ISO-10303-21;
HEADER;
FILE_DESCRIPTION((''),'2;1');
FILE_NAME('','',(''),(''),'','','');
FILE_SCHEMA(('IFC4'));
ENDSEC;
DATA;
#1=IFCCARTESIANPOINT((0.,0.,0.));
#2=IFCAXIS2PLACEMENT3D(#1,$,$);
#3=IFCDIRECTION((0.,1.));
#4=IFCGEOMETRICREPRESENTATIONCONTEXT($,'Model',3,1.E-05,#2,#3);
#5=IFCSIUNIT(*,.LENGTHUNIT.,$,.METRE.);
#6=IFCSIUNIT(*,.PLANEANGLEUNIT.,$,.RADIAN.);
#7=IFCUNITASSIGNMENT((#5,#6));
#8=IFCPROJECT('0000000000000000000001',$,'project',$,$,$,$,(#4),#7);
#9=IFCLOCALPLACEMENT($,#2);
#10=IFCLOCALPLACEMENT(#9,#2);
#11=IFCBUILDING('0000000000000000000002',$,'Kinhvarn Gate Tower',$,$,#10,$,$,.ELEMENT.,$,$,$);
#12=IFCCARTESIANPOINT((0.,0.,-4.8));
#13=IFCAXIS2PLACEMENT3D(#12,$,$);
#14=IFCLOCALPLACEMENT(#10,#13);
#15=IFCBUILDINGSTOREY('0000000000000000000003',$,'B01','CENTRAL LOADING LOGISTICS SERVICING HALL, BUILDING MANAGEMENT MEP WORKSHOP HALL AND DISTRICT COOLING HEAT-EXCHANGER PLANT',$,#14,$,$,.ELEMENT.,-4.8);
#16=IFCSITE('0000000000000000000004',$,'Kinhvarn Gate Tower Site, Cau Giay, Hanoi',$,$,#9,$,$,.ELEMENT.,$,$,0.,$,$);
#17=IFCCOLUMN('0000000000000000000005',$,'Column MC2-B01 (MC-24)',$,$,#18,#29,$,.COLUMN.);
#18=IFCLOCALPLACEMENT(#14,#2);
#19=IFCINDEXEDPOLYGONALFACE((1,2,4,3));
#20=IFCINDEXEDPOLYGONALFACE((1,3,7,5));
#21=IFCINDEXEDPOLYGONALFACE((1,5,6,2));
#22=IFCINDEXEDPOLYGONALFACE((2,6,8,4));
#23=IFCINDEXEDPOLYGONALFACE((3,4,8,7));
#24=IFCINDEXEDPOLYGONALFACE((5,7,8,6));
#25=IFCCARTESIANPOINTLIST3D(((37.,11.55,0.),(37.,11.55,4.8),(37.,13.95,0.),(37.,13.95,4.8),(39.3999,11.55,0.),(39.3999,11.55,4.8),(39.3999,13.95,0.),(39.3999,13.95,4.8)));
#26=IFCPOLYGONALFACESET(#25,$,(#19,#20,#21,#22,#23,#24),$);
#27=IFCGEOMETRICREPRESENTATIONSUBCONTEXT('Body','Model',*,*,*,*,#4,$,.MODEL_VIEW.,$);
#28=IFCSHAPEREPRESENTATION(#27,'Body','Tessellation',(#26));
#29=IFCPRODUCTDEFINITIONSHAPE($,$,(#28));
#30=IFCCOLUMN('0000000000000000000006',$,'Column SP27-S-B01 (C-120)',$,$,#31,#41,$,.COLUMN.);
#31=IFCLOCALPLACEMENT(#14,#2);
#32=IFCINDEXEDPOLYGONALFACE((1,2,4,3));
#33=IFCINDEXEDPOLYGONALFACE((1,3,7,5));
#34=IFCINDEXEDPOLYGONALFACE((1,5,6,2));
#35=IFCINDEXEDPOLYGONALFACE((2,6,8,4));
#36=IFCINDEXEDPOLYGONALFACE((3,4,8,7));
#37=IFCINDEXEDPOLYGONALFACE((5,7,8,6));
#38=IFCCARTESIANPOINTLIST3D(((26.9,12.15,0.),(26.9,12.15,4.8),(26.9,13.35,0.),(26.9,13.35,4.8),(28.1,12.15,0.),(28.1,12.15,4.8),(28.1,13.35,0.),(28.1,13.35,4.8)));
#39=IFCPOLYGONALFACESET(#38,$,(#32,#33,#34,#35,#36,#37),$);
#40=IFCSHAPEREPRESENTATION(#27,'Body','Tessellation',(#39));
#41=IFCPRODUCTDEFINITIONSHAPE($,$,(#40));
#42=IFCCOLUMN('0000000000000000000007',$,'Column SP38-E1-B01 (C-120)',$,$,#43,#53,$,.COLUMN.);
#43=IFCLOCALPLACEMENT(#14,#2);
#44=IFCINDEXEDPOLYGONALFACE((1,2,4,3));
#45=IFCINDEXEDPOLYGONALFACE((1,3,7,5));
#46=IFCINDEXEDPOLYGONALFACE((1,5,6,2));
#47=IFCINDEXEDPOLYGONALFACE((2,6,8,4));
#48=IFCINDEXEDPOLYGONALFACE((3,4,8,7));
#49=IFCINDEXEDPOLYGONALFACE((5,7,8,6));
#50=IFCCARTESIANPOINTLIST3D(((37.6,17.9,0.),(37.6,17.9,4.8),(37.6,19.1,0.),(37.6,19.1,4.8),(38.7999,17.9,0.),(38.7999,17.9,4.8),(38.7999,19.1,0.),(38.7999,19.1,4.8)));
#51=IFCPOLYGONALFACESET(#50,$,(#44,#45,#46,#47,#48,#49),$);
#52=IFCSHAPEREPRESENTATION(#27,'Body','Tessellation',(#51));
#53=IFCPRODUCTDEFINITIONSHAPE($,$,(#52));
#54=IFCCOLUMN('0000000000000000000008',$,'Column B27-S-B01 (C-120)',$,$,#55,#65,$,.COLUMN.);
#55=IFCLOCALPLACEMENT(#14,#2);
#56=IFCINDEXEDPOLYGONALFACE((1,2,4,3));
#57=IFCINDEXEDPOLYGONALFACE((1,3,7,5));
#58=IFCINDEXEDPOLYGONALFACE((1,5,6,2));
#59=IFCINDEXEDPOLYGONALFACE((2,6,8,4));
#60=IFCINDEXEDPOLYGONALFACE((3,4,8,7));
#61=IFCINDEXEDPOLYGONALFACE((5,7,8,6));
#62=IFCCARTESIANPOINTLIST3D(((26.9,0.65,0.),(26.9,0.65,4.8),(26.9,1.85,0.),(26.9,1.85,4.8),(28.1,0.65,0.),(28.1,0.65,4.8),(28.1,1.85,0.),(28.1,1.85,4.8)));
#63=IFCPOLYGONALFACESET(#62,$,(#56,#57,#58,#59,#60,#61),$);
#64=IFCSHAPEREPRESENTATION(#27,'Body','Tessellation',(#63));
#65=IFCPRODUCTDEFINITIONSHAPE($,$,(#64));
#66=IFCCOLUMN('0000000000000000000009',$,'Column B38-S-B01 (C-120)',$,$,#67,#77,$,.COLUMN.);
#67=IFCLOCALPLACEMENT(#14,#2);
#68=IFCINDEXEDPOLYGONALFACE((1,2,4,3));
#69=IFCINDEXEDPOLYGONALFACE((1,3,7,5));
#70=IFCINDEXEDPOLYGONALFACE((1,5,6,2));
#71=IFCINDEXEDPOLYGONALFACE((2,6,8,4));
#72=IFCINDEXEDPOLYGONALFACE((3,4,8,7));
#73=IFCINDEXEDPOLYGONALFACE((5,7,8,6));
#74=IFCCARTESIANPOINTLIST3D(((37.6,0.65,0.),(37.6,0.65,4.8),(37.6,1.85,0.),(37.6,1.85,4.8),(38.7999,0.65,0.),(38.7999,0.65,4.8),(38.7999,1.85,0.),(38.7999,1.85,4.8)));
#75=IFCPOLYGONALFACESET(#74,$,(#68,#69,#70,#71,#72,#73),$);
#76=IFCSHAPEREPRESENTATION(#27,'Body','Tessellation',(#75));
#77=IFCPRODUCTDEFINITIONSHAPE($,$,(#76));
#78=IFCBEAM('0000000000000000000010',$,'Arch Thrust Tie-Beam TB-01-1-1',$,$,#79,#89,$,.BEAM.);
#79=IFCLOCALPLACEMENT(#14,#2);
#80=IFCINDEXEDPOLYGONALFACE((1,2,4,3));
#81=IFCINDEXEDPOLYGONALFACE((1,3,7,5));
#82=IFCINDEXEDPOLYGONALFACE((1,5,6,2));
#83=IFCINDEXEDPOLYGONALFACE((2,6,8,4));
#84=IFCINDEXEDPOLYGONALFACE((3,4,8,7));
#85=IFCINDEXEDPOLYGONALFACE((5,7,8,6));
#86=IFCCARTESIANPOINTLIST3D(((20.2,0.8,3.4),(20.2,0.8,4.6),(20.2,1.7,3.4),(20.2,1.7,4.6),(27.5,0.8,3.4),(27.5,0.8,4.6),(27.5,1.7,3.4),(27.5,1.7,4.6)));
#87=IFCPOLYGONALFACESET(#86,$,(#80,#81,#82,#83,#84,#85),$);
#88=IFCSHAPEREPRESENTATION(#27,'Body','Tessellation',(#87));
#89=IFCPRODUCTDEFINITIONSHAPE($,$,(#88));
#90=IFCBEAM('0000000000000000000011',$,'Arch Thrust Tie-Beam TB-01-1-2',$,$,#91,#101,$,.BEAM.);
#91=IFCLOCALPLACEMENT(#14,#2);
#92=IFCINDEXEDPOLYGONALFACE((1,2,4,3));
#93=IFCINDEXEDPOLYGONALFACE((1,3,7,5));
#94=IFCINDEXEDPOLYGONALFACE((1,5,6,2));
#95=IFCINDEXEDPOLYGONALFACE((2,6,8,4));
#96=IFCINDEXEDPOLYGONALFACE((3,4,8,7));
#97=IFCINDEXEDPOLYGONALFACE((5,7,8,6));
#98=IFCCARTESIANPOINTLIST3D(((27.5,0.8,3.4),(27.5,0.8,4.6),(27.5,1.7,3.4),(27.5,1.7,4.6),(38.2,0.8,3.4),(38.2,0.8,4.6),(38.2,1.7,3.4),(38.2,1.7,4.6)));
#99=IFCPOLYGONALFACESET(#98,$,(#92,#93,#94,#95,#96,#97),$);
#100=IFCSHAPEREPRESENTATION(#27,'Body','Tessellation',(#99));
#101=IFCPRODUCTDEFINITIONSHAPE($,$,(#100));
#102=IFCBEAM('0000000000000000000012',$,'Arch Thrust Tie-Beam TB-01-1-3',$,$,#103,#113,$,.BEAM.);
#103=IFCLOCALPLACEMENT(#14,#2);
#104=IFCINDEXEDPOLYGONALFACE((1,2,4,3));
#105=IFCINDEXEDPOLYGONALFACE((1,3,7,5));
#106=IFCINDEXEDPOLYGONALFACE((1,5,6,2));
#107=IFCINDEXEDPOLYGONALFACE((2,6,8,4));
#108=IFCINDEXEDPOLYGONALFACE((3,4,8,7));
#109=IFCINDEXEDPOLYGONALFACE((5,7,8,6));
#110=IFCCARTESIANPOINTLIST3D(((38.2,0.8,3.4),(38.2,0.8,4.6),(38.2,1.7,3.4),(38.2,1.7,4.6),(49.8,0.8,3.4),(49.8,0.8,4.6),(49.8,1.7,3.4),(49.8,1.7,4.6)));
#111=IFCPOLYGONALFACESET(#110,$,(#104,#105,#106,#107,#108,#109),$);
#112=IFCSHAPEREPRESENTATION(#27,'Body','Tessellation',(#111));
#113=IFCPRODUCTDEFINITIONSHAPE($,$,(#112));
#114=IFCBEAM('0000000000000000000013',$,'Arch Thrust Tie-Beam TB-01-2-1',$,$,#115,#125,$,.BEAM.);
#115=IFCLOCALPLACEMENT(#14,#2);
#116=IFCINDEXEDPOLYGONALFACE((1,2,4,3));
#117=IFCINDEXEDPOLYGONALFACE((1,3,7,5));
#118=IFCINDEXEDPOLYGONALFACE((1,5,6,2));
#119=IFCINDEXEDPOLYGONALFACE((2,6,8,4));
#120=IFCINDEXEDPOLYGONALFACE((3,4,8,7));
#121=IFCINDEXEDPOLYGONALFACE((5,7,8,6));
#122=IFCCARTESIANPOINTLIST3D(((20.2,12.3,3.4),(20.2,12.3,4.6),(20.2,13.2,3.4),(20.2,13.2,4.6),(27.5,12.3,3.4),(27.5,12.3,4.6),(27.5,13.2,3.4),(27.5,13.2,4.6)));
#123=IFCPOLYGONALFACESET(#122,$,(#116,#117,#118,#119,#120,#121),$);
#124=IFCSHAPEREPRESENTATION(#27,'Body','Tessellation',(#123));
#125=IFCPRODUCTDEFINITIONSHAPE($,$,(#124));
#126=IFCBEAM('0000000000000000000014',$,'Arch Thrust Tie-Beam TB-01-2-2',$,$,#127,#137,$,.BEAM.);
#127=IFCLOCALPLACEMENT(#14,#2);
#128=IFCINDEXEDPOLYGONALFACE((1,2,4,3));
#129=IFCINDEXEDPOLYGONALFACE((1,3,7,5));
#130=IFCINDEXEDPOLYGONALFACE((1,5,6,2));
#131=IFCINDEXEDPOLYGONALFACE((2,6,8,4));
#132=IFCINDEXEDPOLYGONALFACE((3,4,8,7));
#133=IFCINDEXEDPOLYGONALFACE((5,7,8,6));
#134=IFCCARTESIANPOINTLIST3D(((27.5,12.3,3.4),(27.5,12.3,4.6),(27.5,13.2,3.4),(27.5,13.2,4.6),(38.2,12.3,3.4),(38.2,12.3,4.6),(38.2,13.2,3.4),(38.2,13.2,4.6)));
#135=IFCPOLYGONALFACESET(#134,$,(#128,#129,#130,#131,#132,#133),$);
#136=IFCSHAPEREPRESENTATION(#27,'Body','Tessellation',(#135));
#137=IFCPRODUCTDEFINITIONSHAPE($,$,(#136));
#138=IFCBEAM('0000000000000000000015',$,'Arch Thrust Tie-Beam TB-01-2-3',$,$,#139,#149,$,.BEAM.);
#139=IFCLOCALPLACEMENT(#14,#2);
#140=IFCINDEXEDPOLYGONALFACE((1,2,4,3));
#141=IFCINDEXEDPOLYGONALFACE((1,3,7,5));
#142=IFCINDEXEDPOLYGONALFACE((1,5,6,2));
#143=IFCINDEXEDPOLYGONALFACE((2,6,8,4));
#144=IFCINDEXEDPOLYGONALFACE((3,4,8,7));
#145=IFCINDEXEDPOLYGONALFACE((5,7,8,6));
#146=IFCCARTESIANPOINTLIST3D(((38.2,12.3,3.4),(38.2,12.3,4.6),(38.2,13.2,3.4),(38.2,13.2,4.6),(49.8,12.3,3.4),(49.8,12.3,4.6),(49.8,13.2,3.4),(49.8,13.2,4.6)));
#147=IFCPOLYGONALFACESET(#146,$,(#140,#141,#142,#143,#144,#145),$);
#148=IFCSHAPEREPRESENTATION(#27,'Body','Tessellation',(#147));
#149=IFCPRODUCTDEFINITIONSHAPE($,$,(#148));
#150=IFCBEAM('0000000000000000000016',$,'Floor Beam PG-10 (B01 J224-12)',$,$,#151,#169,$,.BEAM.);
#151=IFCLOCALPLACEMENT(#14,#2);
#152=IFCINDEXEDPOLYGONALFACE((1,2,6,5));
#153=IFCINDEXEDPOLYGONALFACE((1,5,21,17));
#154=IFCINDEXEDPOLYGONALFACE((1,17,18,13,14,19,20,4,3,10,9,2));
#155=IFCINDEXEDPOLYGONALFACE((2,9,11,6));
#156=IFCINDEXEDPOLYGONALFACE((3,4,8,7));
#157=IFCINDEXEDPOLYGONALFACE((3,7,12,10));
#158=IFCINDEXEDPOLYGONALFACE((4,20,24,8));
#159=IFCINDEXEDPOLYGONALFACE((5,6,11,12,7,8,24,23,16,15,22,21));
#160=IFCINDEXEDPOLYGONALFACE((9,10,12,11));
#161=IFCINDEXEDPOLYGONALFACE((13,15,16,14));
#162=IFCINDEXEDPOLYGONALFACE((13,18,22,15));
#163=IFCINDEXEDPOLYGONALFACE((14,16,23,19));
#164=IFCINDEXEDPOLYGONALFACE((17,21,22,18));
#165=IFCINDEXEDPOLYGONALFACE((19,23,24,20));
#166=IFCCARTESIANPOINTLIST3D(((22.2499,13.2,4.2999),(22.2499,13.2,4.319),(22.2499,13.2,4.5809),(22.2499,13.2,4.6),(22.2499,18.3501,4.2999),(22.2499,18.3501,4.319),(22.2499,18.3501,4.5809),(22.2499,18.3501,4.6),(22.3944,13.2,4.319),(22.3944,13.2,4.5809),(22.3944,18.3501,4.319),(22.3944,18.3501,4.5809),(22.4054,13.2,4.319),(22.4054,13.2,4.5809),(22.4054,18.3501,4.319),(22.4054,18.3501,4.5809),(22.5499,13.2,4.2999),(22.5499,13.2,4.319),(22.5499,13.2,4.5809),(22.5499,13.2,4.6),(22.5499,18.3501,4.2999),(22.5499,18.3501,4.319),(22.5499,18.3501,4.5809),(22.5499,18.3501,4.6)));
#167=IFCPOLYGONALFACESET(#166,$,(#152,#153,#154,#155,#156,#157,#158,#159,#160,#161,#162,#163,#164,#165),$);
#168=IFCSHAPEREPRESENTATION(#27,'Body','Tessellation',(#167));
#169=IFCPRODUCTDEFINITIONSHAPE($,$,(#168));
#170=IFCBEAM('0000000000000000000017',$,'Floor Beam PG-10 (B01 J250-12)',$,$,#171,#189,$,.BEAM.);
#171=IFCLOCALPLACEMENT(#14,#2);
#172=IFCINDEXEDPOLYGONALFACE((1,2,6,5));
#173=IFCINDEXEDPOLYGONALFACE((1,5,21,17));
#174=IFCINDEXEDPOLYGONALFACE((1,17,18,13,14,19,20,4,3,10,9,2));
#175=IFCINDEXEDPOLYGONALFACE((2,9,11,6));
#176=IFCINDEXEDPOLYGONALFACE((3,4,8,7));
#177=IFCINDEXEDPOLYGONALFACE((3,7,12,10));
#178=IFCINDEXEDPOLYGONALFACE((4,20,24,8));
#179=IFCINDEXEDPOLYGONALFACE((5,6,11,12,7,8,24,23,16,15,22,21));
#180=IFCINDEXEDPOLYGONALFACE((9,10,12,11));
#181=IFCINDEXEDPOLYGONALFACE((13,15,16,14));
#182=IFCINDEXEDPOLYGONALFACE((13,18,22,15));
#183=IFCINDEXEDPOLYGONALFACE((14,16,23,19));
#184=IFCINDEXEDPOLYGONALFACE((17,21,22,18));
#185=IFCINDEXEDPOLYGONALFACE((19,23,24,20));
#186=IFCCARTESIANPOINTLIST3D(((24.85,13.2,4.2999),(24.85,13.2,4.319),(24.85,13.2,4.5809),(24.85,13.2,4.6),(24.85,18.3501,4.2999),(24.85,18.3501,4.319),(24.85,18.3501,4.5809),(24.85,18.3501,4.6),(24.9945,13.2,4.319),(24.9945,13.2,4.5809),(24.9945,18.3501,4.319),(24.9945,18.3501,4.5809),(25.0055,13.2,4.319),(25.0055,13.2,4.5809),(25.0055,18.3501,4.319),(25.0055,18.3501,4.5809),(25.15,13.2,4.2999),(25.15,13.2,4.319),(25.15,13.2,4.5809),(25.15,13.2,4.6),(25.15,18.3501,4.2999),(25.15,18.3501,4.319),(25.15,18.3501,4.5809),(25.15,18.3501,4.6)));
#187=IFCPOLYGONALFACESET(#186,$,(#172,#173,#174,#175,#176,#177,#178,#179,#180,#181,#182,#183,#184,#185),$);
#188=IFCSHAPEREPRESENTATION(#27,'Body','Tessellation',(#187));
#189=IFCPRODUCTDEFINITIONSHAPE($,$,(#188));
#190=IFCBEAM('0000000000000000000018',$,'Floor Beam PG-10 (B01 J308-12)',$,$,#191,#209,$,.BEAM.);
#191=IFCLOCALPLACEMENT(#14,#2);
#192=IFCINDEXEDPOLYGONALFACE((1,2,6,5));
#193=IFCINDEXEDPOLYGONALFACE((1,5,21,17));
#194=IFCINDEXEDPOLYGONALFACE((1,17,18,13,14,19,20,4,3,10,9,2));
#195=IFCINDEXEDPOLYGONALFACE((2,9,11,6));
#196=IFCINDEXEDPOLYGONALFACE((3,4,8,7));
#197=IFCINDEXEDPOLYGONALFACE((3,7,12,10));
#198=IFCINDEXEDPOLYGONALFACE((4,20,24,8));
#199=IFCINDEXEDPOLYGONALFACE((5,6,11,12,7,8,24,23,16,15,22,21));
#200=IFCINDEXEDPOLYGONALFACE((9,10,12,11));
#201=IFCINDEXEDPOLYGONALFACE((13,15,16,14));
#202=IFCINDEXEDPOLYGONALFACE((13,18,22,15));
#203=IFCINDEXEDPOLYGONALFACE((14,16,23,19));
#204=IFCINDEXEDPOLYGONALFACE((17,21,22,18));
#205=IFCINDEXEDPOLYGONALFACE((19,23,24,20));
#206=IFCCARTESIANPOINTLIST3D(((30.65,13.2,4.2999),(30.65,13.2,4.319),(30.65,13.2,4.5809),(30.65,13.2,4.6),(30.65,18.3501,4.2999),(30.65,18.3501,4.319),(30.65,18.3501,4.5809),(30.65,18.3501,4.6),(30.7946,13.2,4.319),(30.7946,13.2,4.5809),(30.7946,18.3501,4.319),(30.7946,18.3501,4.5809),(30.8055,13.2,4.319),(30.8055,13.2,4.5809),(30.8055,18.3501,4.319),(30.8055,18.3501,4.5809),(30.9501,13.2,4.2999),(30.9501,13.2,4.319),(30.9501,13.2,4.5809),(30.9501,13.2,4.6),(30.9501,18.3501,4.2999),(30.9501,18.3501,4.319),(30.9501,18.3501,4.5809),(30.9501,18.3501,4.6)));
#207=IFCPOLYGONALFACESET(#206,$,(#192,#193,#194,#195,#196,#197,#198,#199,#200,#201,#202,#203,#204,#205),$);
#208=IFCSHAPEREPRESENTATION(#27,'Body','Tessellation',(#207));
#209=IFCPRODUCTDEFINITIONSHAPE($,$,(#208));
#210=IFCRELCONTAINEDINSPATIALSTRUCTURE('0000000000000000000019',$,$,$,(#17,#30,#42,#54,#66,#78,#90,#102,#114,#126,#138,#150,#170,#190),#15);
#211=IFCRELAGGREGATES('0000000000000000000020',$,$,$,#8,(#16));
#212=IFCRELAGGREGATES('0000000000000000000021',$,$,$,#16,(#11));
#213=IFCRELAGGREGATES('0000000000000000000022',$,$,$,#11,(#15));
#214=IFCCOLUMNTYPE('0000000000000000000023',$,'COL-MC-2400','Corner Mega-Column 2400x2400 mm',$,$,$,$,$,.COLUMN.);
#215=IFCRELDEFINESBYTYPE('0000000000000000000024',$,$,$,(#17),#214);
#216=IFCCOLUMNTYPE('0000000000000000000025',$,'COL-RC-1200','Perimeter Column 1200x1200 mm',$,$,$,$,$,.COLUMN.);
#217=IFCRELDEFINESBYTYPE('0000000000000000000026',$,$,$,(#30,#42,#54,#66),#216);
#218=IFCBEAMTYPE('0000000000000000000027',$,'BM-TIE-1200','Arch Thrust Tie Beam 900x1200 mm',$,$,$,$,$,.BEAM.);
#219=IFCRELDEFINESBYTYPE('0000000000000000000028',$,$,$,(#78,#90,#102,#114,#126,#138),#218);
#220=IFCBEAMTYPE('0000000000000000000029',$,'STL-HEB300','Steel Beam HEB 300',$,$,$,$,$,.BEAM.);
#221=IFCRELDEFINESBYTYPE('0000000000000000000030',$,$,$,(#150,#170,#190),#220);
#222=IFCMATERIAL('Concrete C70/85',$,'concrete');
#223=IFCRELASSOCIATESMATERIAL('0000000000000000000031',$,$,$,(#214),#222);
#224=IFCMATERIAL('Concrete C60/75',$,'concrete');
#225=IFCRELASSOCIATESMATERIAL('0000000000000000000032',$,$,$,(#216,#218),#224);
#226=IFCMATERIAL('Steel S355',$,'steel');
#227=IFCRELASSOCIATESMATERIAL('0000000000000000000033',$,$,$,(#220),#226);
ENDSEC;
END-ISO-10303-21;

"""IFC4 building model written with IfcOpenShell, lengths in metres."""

from ifc_helpers import new_model, si_unit, direction, frame, origin, origin_2d, place, context, subcontext, project, spatial, rectangle, i_section, extrude, material, material_profile, profile_set, type_object, element, save


model = new_model("IFC4")

# Units and contexts
model_context = context("Model", 3, precision=1e-05, world=origin(), true_north=direction((0.0, 1.0)))
body_context = subcontext(model_context, "Body", "Model", "MODEL_VIEW")
ifc_project = project(units=[si_unit("LENGTHUNIT", "METRE"), si_unit("PLANEANGLEUNIT", "RADIAN")], contexts=[model_context])

# Site, building, storey
site_placement = place(None, origin())
site = spatial("IfcSite", under=ifc_project, at=site_placement, Name="Kinhvarn Gate Tower Site, Cau Giay, Hanoi", CompositionType="ELEMENT", RefElevation=0.0)
building_placement = place(site_placement, origin())
building = spatial("IfcBuilding", under=site, at=building_placement, Name="Kinhvarn Gate Tower", CompositionType="ELEMENT")
storey_placement = place(building_placement, frame((0.0, 0.0, -4.8)))
storey = spatial("IfcBuildingStorey", under=building, at=storey_placement, Name="B01", Description="CENTRAL LOADING LOGISTICS SERVICING HALL, BUILDING MANAGEMENT MEP WORKSHOP HALL AND DISTRICT COOLING HEAT-EXCHANGER PLANT", CompositionType="ELEMENT", Elevation=-4.8)

# Columns
ifc_material_1 = material(Name="Concrete C70/85", Category="concrete")
ifc_material_profile_1 = material_profile(ifc_material_1, rectangle(XDim=2.3999, YDim=2.3999, at=origin_2d()), Name="RC 2400x2400")
ifc_profile_set_1 = profile_set([ifc_material_profile_1], Name="Concrete C70/85")
column_type_1 = type_object("IfcColumnType", Name="COL-MC-2400", Description="Corner Mega-Column 2400x2400 mm", PredefinedType="COLUMN", material=ifc_profile_set_1)
column_placement = place(storey_placement, frame((38.2, 12.75, 0.0), z_axis=(0.0, 0.0, 1.0), x_axis=(1.0, 0.0, 0.0)))
element("IfcColumn", 1, at=column_placement, inside=storey, type_object=column_type_1, Name="Column MC2-B01 (MC-24)", PredefinedType="COLUMN", context=body_context, shape_type="SweptSolid", body=[
    extrude(rectangle(XDim=2.3999, YDim=2.3999, at=origin_2d()), origin(), (0.0, 0.0, 1.0), 4.8),
])
ifc_material_2 = material(Name="Concrete C60/75", Category="concrete")
ifc_material_profile_2 = material_profile(ifc_material_2, rectangle(XDim=1.2, YDim=1.2, at=origin_2d()), Name="RC 1200x1200")
ifc_profile_set_2 = profile_set([ifc_material_profile_2], Name="Concrete C60/75")
column_type_2 = type_object("IfcColumnType", Name="COL-RC-1200", Description="Perimeter Column 1200x1200 mm", PredefinedType="COLUMN", material=ifc_profile_set_2)
for number, where, z_axis, x_axis, name in (
    (2, (27.5, 12.75, 0.0), (0.0, 0.0, 1.0), (1.0, 0.0, 0.0), "Column SP27-S-B01 (C-120)"),
    (3, (38.2, 18.5, 0.0), (0.0, 0.0, 1.0), (1.0, 0.0, 0.0), "Column SP38-E1-B01 (C-120)"),
    (4, (27.5, 1.25, 0.0), (0.0, 0.0, 1.0), (1.0, 0.0, 0.0), "Column B27-S-B01 (C-120)"),
    (5, (38.2, 1.25, 0.0), (0.0, 0.0, 1.0), (1.0, 0.0, 0.0), "Column B38-S-B01 (C-120)"),
):
    element("IfcColumn", number, at=place(storey_placement, frame(where, z_axis=z_axis, x_axis=x_axis)), inside=storey, type_object=column_type_2, Name=name, PredefinedType="COLUMN", context=body_context, shape_type="SweptSolid", body=[
        extrude(rectangle(XDim=1.2, YDim=1.2, at=origin_2d()), origin(), (0.0, 0.0, 1.0), 4.8),
    ])

# Beams
ifc_material_profile_3 = material_profile(ifc_material_2, rectangle(XDim=0.8999, YDim=1.2, at=origin_2d()), Name="RC 900x1200")
ifc_profile_set_3 = profile_set([ifc_material_profile_3], Name="Concrete C60/75")
beam_type_1 = type_object("IfcBeamType", Name="BM-TIE-1200", Description="Arch Thrust Tie Beam 900x1200 mm", PredefinedType="BEAM", material=ifc_profile_set_3)
beam_1_placement = place(storey_placement, frame((20.2, 1.25, 4.0), z_axis=(1.0, 0.0, 0.0), x_axis=(0.0, 1.0, 0.0)))
element("IfcBeam", 6, at=beam_1_placement, inside=storey, type_object=beam_type_1, Name="Arch Thrust Tie-Beam TB-01-1-1", PredefinedType="BEAM", context=body_context, shape_type="SweptSolid", body=[
    extrude(rectangle(XDim=0.8999, YDim=1.2, at=origin_2d()), origin(), (0.0, 0.0, 1.0), 7.3),
])
beam_2_placement = place(storey_placement, frame((27.5, 1.25, 4.0), z_axis=(1.0, 0.0, 0.0), x_axis=(0.0, 1.0, 0.0)))
element("IfcBeam", 7, at=beam_2_placement, inside=storey, type_object=beam_type_1, Name="Arch Thrust Tie-Beam TB-01-1-2", PredefinedType="BEAM", context=body_context, shape_type="SweptSolid", body=[
    extrude(rectangle(XDim=0.8999, YDim=1.2, at=origin_2d()), origin(), (0.0, 0.0, 1.0), 10.7),
])
beam_3_placement = place(storey_placement, frame((38.2, 1.25, 4.0), z_axis=(1.0, 0.0, 0.0), x_axis=(0.0, 1.0, 0.0)))
element("IfcBeam", 8, at=beam_3_placement, inside=storey, type_object=beam_type_1, Name="Arch Thrust Tie-Beam TB-01-1-3", PredefinedType="BEAM", context=body_context, shape_type="SweptSolid", body=[
    extrude(rectangle(XDim=0.8999, YDim=1.2, at=origin_2d()), origin(), (0.0, 0.0, 1.0), 11.6001),
])
beam_4_placement = place(storey_placement, frame((20.2, 12.75, 4.0), z_axis=(1.0, 0.0, 0.0), x_axis=(0.0, 1.0, 0.0)))
element("IfcBeam", 9, at=beam_4_placement, inside=storey, type_object=beam_type_1, Name="Arch Thrust Tie-Beam TB-01-2-1", PredefinedType="BEAM", context=body_context, shape_type="SweptSolid", body=[
    extrude(rectangle(XDim=0.8999, YDim=1.2, at=origin_2d()), origin(), (0.0, 0.0, 1.0), 7.3),
])
beam_5_placement = place(storey_placement, frame((27.5, 12.75, 4.0), z_axis=(1.0, 0.0, 0.0), x_axis=(0.0, 1.0, 0.0)))
element("IfcBeam", 10, at=beam_5_placement, inside=storey, type_object=beam_type_1, Name="Arch Thrust Tie-Beam TB-01-2-2", PredefinedType="BEAM", context=body_context, shape_type="SweptSolid", body=[
    extrude(rectangle(XDim=0.8999, YDim=1.2, at=origin_2d()), origin(), (0.0, 0.0, 1.0), 10.7),
])
beam_6_placement = place(storey_placement, frame((38.2, 12.75, 4.0), z_axis=(1.0, 0.0, 0.0), x_axis=(0.0, 1.0, 0.0)))
element("IfcBeam", 11, at=beam_6_placement, inside=storey, type_object=beam_type_1, Name="Arch Thrust Tie-Beam TB-01-2-3", PredefinedType="BEAM", context=body_context, shape_type="SweptSolid", body=[
    extrude(rectangle(XDim=0.8999, YDim=1.2, at=origin_2d()), origin(), (0.0, 0.0, 1.0), 11.6001),
])
ifc_material_3 = material(Name="Steel S355", Category="steel")
ifc_material_profile_4 = material_profile(ifc_material_3, i_section(OverallWidth=0.3, OverallDepth=0.3, WebThickness=0.011, FlangeThickness=0.019, at=origin_2d()), Name="HEB 300")
ifc_profile_set_4 = profile_set([ifc_material_profile_4], Name="Steel S355")
beam_type_2 = type_object("IfcBeamType", Name="STL-HEB300", Description="Steel Beam HEB 300", PredefinedType="BEAM", material=ifc_profile_set_4)
for number, where, z_axis, x_axis, name in (
    (12, (22.3999, 13.2, 4.45), (0.0, 1.0, 0.0), (-1.0, 0.0, 0.0), "Floor Beam PG-10 (B01 J224-12)"),
    (13, (25.0, 13.2, 4.45), (0.0, 1.0, 0.0), (-1.0, 0.0, 0.0), "Floor Beam PG-10 (B01 J250-12)"),
    (14, (30.8, 13.2, 4.45), (0.0, 1.0, 0.0), (-1.0, 0.0, 0.0), "Floor Beam PG-10 (B01 J308-12)"),
):
    element("IfcBeam", number, at=place(storey_placement, frame(where, z_axis=z_axis, x_axis=x_axis)), inside=storey, type_object=beam_type_2, Name=name, PredefinedType="BEAM", context=body_context, shape_type="SweptSolid", body=[
        extrude(i_section(OverallWidth=0.3, OverallDepth=0.3, WebThickness=0.011, FlangeThickness=0.019, at=origin_2d()), origin(), (0.0, 0.0, 1.0), 5.1501),
    ])

save(model, "model.ifc")
